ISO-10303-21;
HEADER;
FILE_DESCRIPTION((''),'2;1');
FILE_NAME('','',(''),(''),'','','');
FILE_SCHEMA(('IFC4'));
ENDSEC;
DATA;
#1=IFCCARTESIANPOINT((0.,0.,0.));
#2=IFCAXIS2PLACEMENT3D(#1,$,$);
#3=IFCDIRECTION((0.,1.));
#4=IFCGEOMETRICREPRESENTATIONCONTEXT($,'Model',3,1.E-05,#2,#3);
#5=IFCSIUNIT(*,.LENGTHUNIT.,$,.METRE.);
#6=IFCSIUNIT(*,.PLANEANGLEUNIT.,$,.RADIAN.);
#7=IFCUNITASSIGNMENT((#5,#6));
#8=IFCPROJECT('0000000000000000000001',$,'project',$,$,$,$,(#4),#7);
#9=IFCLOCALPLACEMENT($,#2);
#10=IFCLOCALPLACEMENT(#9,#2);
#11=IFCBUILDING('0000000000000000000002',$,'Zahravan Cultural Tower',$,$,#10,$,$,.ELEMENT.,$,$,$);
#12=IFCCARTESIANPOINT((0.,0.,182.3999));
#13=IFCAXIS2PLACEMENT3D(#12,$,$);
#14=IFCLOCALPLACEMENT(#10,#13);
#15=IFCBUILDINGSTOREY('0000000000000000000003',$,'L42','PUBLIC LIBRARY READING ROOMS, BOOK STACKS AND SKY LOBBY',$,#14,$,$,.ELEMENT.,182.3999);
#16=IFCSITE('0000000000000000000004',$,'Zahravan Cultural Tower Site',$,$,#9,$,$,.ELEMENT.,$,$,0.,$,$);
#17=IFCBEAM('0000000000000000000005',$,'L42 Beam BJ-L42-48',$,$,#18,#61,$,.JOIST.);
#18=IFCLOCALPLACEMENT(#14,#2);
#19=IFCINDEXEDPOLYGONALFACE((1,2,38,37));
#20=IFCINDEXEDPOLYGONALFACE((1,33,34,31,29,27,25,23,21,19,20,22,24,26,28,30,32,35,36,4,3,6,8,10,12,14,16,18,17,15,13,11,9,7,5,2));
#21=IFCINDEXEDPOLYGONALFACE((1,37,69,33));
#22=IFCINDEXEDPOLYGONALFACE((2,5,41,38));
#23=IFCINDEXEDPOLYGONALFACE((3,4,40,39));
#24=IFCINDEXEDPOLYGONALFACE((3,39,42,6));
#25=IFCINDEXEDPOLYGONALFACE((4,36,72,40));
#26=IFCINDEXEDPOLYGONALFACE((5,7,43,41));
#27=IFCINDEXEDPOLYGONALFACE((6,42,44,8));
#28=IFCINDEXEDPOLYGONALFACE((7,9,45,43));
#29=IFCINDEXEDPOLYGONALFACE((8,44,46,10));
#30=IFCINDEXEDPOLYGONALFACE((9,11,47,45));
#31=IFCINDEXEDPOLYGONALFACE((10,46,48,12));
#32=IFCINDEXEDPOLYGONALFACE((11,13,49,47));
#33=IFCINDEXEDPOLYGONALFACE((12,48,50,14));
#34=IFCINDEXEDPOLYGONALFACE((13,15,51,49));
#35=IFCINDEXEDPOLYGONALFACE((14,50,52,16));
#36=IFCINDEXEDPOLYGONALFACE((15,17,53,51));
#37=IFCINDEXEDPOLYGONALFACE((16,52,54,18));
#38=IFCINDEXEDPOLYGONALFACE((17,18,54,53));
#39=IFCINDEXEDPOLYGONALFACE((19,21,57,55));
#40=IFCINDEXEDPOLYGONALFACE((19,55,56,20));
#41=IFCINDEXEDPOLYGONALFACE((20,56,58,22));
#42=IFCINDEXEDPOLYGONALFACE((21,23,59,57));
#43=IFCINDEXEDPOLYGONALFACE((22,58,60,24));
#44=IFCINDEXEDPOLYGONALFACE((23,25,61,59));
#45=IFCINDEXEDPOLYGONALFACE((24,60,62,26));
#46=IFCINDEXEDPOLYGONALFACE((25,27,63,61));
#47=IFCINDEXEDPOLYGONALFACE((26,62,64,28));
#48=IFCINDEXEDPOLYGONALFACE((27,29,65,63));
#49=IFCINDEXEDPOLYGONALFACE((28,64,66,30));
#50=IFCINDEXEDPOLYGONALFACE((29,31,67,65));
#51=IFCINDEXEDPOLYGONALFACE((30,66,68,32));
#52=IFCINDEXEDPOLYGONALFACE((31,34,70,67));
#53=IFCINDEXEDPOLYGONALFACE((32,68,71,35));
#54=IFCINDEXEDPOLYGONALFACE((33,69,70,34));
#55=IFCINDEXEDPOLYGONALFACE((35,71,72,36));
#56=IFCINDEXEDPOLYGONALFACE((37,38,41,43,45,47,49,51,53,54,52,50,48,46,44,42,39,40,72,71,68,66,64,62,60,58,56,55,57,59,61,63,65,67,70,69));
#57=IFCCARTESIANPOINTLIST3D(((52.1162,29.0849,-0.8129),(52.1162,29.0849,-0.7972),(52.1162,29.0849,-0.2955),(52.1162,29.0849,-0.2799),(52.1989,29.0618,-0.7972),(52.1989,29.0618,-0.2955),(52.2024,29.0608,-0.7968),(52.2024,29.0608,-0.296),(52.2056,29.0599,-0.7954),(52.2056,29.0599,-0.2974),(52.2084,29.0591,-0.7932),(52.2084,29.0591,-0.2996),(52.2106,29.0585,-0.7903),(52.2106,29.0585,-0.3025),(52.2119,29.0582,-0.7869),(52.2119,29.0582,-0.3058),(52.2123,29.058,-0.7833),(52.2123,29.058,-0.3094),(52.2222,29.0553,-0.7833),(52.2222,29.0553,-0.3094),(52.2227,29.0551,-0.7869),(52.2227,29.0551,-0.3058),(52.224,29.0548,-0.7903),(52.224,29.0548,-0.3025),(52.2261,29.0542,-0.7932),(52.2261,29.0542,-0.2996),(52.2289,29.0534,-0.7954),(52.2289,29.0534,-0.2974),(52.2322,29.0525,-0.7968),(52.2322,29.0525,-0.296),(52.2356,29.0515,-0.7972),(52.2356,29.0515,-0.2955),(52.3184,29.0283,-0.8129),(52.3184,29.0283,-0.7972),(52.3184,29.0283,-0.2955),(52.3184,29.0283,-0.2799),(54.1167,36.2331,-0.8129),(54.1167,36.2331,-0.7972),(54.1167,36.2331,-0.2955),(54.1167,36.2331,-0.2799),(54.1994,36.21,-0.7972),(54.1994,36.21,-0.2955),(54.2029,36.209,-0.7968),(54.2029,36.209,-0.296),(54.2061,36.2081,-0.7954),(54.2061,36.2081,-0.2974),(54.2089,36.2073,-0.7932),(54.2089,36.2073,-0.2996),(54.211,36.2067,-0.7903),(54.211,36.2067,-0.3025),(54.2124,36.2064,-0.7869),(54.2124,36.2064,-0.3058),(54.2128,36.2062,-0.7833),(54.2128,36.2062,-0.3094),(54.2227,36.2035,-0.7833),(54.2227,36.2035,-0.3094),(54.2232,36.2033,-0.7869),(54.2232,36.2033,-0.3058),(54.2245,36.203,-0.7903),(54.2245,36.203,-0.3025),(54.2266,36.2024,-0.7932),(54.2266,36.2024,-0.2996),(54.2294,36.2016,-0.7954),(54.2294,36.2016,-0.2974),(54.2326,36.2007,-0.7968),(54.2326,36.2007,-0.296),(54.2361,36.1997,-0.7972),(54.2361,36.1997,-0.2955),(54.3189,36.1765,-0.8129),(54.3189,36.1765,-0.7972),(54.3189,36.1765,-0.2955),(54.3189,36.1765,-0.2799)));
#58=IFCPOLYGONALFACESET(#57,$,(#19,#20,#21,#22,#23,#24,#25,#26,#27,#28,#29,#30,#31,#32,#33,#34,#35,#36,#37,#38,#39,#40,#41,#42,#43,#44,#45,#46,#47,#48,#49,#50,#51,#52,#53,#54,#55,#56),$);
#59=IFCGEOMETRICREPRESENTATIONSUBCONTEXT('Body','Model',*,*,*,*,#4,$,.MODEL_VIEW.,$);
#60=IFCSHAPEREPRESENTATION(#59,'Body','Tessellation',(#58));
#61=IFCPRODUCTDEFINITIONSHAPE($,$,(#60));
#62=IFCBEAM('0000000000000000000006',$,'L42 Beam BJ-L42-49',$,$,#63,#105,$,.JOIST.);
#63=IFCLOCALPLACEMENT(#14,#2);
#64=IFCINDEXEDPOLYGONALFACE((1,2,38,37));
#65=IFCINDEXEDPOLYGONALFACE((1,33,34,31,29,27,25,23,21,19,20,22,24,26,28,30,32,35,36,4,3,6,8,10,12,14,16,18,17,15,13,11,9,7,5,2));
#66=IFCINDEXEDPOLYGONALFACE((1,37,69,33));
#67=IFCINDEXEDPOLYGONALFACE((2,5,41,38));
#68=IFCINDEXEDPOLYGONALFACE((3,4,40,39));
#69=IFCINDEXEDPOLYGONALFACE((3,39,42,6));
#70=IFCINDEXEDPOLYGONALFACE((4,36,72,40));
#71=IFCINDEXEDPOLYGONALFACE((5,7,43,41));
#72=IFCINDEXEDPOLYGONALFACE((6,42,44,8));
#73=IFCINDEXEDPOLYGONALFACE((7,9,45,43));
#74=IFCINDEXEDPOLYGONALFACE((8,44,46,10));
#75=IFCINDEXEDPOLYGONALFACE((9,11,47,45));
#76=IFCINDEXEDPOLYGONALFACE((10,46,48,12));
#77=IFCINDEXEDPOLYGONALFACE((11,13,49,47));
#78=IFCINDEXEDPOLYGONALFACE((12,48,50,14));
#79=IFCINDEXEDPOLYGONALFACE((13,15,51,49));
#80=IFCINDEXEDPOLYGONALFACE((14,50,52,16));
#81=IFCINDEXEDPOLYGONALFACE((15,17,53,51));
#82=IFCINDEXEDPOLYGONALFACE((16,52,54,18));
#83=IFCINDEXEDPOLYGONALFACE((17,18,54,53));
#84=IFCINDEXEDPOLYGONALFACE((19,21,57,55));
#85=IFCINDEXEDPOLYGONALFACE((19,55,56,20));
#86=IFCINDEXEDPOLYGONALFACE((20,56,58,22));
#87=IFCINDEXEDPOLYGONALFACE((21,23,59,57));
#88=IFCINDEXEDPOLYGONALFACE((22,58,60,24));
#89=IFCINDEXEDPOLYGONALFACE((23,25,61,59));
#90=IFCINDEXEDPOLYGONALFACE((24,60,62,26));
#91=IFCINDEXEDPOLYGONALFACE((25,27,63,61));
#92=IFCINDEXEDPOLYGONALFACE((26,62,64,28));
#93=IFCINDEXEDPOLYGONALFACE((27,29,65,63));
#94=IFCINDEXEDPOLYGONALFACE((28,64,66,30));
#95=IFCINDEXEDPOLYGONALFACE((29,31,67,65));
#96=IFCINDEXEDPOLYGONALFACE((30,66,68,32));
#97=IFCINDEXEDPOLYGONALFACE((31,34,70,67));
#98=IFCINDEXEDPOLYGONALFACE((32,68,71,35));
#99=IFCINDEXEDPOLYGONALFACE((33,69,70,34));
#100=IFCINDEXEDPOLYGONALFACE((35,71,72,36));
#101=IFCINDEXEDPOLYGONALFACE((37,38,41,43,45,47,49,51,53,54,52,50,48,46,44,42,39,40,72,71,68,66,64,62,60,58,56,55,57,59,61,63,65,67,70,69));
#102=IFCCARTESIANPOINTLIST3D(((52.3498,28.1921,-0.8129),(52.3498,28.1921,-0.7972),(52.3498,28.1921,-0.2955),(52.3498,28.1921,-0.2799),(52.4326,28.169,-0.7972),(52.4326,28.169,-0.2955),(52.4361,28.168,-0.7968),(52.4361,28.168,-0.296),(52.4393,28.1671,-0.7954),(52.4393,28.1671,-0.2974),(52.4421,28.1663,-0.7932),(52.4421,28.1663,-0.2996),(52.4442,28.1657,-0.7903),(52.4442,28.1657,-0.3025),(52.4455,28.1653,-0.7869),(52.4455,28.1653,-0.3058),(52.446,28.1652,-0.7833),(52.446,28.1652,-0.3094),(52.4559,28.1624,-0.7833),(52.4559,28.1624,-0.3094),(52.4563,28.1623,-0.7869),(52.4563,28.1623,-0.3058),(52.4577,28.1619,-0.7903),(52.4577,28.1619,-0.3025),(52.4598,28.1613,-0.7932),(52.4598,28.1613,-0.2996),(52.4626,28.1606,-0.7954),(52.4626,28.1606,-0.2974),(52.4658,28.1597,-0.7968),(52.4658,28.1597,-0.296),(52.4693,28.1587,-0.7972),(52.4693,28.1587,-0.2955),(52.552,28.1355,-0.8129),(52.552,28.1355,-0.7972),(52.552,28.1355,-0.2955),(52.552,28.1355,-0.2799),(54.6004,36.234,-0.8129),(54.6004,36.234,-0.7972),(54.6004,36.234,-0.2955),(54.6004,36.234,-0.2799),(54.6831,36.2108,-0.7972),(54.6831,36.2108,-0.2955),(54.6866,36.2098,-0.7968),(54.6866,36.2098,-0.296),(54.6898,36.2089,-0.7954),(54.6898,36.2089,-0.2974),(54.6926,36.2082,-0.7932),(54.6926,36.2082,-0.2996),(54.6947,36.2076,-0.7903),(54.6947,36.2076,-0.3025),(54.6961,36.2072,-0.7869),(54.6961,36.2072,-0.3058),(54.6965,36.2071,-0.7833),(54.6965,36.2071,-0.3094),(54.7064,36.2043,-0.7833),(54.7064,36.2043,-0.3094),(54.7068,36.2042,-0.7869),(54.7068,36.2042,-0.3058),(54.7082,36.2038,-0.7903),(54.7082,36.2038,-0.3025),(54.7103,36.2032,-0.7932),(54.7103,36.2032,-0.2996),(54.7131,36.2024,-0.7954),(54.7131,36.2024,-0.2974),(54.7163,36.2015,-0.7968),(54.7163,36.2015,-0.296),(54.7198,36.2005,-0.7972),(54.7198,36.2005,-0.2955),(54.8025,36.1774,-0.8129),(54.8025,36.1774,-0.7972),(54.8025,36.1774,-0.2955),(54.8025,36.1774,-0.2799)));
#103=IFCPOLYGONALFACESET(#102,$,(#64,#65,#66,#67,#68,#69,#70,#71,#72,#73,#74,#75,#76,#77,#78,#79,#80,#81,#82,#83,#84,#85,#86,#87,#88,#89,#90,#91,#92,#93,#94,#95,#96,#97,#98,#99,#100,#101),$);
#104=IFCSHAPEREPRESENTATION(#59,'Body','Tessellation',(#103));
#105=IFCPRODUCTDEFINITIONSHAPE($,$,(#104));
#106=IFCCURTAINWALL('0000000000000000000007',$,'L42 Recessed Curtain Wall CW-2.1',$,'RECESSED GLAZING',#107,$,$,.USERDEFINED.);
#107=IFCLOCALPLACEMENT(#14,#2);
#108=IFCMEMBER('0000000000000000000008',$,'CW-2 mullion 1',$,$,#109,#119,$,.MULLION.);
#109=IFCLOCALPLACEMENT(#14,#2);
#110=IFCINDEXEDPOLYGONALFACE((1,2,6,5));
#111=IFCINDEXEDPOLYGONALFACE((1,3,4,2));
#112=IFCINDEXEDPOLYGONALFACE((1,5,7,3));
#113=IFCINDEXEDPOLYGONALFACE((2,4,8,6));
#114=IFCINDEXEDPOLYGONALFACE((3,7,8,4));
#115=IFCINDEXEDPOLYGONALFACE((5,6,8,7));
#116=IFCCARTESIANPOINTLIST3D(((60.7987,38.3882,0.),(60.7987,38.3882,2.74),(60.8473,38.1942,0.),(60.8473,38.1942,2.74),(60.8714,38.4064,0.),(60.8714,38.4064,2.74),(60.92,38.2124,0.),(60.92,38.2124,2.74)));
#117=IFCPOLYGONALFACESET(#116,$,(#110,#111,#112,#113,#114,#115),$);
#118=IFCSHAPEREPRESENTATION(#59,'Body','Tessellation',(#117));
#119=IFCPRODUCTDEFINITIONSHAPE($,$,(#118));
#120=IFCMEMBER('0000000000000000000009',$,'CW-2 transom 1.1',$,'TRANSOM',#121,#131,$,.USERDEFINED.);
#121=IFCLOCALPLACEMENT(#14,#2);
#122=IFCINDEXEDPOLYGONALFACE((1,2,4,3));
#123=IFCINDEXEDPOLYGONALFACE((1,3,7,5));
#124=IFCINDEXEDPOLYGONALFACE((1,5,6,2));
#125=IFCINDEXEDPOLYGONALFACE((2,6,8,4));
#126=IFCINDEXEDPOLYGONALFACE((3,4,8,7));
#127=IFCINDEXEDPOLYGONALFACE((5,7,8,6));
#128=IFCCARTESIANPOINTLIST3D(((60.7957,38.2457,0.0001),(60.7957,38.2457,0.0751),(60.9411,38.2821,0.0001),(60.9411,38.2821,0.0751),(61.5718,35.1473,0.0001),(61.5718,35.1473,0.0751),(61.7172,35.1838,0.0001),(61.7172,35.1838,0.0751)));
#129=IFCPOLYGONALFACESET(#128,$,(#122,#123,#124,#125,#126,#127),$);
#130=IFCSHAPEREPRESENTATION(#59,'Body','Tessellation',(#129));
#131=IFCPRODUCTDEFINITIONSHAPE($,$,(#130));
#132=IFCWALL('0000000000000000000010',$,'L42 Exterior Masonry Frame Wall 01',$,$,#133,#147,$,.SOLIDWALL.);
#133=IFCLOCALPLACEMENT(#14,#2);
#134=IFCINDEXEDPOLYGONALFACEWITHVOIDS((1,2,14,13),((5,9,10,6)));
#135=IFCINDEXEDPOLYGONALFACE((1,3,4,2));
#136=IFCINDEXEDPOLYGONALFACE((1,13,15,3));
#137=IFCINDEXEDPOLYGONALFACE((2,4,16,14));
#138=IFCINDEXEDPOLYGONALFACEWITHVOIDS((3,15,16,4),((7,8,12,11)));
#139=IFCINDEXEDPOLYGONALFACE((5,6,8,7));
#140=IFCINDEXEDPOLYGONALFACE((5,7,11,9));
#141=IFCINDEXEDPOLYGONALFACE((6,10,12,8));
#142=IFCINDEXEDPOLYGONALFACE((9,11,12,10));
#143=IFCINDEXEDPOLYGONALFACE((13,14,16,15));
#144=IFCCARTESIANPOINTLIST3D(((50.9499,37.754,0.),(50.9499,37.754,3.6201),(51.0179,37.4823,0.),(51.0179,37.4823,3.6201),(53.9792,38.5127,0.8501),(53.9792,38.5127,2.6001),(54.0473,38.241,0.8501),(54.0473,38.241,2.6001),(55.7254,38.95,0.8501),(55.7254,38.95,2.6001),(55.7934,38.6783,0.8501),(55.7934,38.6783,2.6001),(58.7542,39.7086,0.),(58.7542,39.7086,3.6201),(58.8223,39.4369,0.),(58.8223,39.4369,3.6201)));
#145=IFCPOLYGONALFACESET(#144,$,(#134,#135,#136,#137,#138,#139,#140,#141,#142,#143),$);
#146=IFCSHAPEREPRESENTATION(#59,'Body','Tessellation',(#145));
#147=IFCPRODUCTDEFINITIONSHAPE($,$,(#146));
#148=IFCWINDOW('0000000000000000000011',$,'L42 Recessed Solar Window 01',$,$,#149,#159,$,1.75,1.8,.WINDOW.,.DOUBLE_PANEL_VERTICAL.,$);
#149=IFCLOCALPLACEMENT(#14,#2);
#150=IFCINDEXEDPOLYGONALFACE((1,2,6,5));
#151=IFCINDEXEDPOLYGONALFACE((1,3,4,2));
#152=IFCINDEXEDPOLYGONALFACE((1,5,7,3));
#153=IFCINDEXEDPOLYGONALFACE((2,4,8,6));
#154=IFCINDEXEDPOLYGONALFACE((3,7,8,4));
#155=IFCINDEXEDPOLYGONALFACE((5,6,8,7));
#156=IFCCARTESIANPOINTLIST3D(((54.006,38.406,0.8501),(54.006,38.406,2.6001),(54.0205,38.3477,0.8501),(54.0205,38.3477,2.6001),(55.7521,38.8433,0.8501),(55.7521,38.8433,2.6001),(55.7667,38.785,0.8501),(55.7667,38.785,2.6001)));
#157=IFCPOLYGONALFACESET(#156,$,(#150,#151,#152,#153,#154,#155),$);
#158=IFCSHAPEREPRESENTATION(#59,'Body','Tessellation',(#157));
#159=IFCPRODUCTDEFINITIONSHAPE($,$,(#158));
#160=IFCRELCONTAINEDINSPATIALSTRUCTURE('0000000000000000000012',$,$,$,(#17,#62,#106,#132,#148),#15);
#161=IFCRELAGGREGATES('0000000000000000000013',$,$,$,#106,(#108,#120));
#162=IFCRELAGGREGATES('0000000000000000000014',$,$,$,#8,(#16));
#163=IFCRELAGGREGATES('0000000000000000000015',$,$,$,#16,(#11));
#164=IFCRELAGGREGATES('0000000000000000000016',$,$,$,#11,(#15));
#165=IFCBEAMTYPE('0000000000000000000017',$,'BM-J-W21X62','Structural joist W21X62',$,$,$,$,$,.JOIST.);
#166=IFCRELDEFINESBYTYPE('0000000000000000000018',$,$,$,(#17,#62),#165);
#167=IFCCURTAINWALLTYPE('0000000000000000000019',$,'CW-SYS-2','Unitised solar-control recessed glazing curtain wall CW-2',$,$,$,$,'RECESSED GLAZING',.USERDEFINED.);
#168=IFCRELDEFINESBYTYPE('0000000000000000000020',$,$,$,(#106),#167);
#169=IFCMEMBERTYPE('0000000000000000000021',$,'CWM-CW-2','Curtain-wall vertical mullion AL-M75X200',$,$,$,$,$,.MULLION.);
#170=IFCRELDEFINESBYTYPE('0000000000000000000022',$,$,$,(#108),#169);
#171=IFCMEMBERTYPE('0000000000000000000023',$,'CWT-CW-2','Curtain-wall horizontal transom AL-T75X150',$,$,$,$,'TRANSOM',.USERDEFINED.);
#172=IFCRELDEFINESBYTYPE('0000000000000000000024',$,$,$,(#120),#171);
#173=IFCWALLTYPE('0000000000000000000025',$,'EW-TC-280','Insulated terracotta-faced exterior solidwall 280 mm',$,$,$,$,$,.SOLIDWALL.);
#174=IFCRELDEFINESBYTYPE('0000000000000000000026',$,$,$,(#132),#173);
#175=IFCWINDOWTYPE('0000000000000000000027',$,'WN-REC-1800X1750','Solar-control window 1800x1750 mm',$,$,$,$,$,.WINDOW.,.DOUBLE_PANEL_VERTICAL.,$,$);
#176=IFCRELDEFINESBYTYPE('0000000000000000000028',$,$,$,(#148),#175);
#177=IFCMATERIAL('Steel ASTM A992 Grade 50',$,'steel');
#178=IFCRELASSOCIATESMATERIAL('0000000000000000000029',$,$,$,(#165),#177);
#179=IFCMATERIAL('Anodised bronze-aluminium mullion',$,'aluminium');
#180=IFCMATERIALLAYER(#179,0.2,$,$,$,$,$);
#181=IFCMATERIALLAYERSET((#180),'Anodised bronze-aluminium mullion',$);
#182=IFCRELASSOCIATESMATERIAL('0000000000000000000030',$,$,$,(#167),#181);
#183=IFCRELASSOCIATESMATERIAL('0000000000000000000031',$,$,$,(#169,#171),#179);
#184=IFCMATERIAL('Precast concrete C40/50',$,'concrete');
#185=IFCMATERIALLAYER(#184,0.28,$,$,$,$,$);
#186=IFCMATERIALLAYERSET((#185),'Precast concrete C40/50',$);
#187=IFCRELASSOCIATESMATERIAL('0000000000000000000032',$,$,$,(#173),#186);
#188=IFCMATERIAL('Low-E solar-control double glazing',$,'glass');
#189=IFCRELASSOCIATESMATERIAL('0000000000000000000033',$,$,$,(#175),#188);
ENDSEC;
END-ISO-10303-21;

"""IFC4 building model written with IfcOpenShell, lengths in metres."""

from ifc_helpers import new_model, si_unit, direction, frame, frame_2d, origin, origin_2d, place, context, subcontext, project, spatial, rectangle, i_section, extrude, source, transform, mapped, material, layer, layer_set, material_profile, profile_set, type_object, element, fill, aggregate, save


model = new_model("IFC4")

# Units and contexts
model_context = context("Model", 3, precision=1e-05, world=origin(), true_north=direction((0.0, 1.0)))
body_context = subcontext(model_context, "Body", "Model", "MODEL_VIEW")
ifc_project = project(units=[si_unit("LENGTHUNIT", "METRE"), si_unit("PLANEANGLEUNIT", "RADIAN")], contexts=[model_context])

# Site, building, storey
site_placement = place(None, origin())
site = spatial("IfcSite", under=ifc_project, at=site_placement, Name="Zahravan Cultural Tower Site", CompositionType="ELEMENT", RefElevation=0.0)
building_placement = place(site_placement, origin())
building = spatial("IfcBuilding", under=site, at=building_placement, Name="Zahravan Cultural Tower", CompositionType="ELEMENT")
storey_placement = place(building_placement, frame((0.0, 0.0, 182.3999)))
storey = spatial("IfcBuildingStorey", under=building, at=storey_placement, Name="L42", Description="PUBLIC LIBRARY READING ROOMS, BOOK STACKS AND SKY LOBBY", CompositionType="ELEMENT", Elevation=182.3999)

# Shared definitions
ifc_material_1 = material(Name="Steel ASTM A992 Grade 50", Category="steel")

# Beams
ifc_material_profile_1 = material_profile(ifc_material_1, i_section(OverallWidth=0.21, OverallDepth=0.533, WebThickness=0.0103, FlangeThickness=0.0156, FilletRadius=0.0139, at=origin_2d()), Name="W21X62")
ifc_profile_set_1 = profile_set([ifc_material_profile_1], Name="Steel ASTM A992 Grade 50")
beam_type_1 = type_object("IfcBeamType", Name="BM-J-W21X62", Description="Structural joist W21X62", PredefinedType="JOIST", material=ifc_profile_set_1)
shared_shape_1 = source(origin(), body_context, "Body", "SweptSolid", [
    extrude(i_section(OverallWidth=0.21, OverallDepth=0.533, WebThickness=0.0103, FlangeThickness=0.0156, FilletRadius=0.0139, at=origin_2d()), origin(), (0.0, 0.0, 1.0), 7.4229),
])
beam_1_placement = place(storey_placement, frame((52.2173, 29.0566, -0.5464), z_axis=(0.269504, 0.962999, 0.0), x_axis=(-0.962999, 0.269504, 0.0)))
element("IfcBeam", 1, at=beam_1_placement, inside=storey, type_object=beam_type_1, Name="L42 Beam BJ-L42-48", PredefinedType="JOIST", context=body_context, shape_type="MappedRepresentation", body=[
    mapped(shared_shape_1, transform((0.0, 0.0, 0.0), x_axis=(1.0, 0.0, 0.0), y_axis=(0.0, 1.0, 0.0), z_axis=(0.0, 0.0, 1.0), scale=1.0)),
])
shared_shape_2 = source(origin(), body_context, "Body", "SweptSolid", [
    extrude(i_section(OverallWidth=0.21, OverallDepth=0.533, WebThickness=0.0103, FlangeThickness=0.0156, FilletRadius=0.0139, at=origin_2d()), origin(), (0.0, 0.0, 1.0), 8.3508),
])
beam_2_placement = place(storey_placement, frame((52.4509, 28.1638, -0.5464), z_axis=(0.269497, 0.963001, 0.0), x_axis=(-0.963001, 0.269497, 0.0)))
element("IfcBeam", 2, at=beam_2_placement, inside=storey, type_object=beam_type_1, Name="L42 Beam BJ-L42-49", PredefinedType="JOIST", context=body_context, shape_type="MappedRepresentation", body=[
    mapped(shared_shape_2, transform((0.0, 0.0, 0.0), x_axis=(1.0, 0.0, 0.0), y_axis=(0.0, 1.0, 0.0), z_axis=(0.0, 0.0, 1.0), scale=1.0)),
])

# Curtain wall, members
ifc_material_2 = material(Name="Anodised bronze-aluminium mullion", Category="aluminium")
ifc_layer_1 = layer(ifc_material_2, 0.2)
ifc_layer_set_1 = layer_set([ifc_layer_1], Name="Anodised bronze-aluminium mullion")
curtain_wall_type = type_object("IfcCurtainWallType", Name="CW-SYS-2", Description="Unitised solar-control recessed glazing curtain wall CW-2", ElementType="RECESSED GLAZING", PredefinedType="USERDEFINED", material=ifc_layer_set_1)
curtain_wall_placement = place(storey_placement, origin())
curtain_wall = element("IfcCurtainWall", 3, at=curtain_wall_placement, inside=storey, type_object=curtain_wall_type, Name="L42 Recessed Curtain Wall CW-2.1", ObjectType="RECESSED GLAZING", PredefinedType="USERDEFINED")
ifc_material_profile_2 = material_profile(ifc_material_2, rectangle(XDim=0.075, YDim=0.2, at=origin_2d()), Name="AL-M75X200")
ifc_profile_set_2 = profile_set([ifc_material_profile_2], Name="Anodised bronze-aluminium mullion")
member_type_1 = type_object("IfcMemberType", Name="CWM-CW-2", Description="Curtain-wall vertical mullion AL-M75X200", PredefinedType="MULLION", material=ifc_profile_set_2)
shared_shape_3 = source(origin(), body_context, "Body", "SweptSolid", [
    extrude(rectangle(XDim=0.075, YDim=0.2, at=origin_2d()), origin(), (0.0, 0.0, 1.0), 2.74),
])
member_1_placement = place(storey_placement, frame((60.8594, 38.3003, 0.0), z_axis=(0.0, 0.0, 1.0), x_axis=(0.97004, 0.242944, 0.0)))
member_1 = element("IfcMember", 4, at=member_1_placement, type_object=member_type_1, Name="CW-2 mullion 1", PredefinedType="MULLION", context=body_context, shape_type="MappedRepresentation", body=[
    mapped(shared_shape_3, transform((0.0, 0.0, 0.0), x_axis=(1.0, 0.0, 0.0), y_axis=(0.0, 1.0, 0.0), z_axis=(0.0, 0.0, 1.0), scale=1.0)),
])
ifc_material_profile_3 = material_profile(ifc_material_2, rectangle(XDim=0.1499, YDim=0.075, at=origin_2d()), Name="AL-T75X150")
ifc_profile_set_3 = profile_set([ifc_material_profile_3], Name="Anodised bronze-aluminium mullion")
member_type_2 = type_object("IfcMemberType", Name="CWT-CW-2", Description="Curtain-wall horizontal transom AL-T75X150", ElementType="TRANSOM", PredefinedType="USERDEFINED", material=ifc_profile_set_3)
shared_shape_4 = source(origin(), body_context, "Body", "SweptSolid", [
    extrude(rectangle(XDim=0.1499, YDim=0.075, at=origin_2d()), origin(), (0.0, 0.0, 1.0), 3.1941),
])
member_2_placement = place(storey_placement, frame((60.8684, 38.2639, 0.0376), z_axis=(0.242985, -0.97003, 0.0), x_axis=(0.97003, 0.242985, 0.0)))
member_2 = element("IfcMember", 5, at=member_2_placement, type_object=member_type_2, Name="CW-2 transom 1.1", ObjectType="TRANSOM", PredefinedType="USERDEFINED", context=body_context, shape_type="MappedRepresentation", body=[
    mapped(shared_shape_4, transform((0.0, 0.0, 0.0), x_axis=(1.0, 0.0, 0.0), y_axis=(0.0, 1.0, 0.0), z_axis=(0.0, 0.0, 1.0), scale=1.0)),
])
aggregate(curtain_wall, [member_1, member_2])

# Wall, opening, window
ifc_material_3 = material(Name="Precast concrete C40/50", Category="concrete")
ifc_layer_2 = layer(ifc_material_3, 0.28)
ifc_layer_set_2 = layer_set([ifc_layer_2], Name="Precast concrete C40/50")
wall_type_1 = type_object("IfcWallType", Name="EW-TC-280", Description="Insulated terracotta-faced exterior solidwall 280 mm", PredefinedType="SOLIDWALL", material=ifc_layer_set_2)
wall_1_placement = place(storey_placement, frame((50.9839, 37.6182, 0.0), z_axis=(0.0, 0.0, 1.0), x_axis=(0.970041, 0.242943, 0.0)))
wall_1 = element("IfcWall", 6, at=wall_1_placement, inside=storey, type_object=wall_type_1, Name="L42 Exterior Masonry Frame Wall 01", PredefinedType="SOLIDWALL", context=body_context, shape_type="SweptSolid", body=[
    extrude(rectangle(XDim=8.0454, YDim=0.28, at=frame_2d((4.0227, 0.0))), origin(), (0.0, 0.0, 1.0), 3.6201),
])
opening_1_placement = place(wall_1_placement, frame((3.123, 0.0, 0.8501)))
opening_1 = element("IfcOpeningElement", 7, at=opening_1_placement, cuts=wall_1, PredefinedType="OPENING", context=body_context, shape_type="SweptSolid", body=[
    extrude(rectangle(XDim=1.8, YDim=1.75, at=frame_2d((0.8999, 0.875))), frame((0.0, 0.1499, 0.0), z_axis=(0.0, -1.0, 0.0), x_axis=(1.0, 0.0, 0.0)), (0.0, 0.0, 1.0), 0.3),
])
ifc_material_4 = material(Name="Low-E solar-control double glazing", Category="glass")
window_type = type_object("IfcWindowType", Name="WN-REC-1800X1750", Description="Solar-control window 1800x1750 mm", PartitioningType="DOUBLE_PANEL_VERTICAL", PredefinedType="WINDOW", material=ifc_material_4)
shared_shape_5 = source(origin(), body_context, "Body", "SweptSolid", [
    extrude(rectangle(XDim=1.8, YDim=1.75, at=frame_2d((0.8999, 0.875))), frame((0.0, 0.03, 0.0), z_axis=(0.0, -1.0, 0.0), x_axis=(1.0, 0.0, 0.0)), (0.0, 0.0, 1.0), 0.0601),
])
window_placement = place(opening_1_placement, origin())
window = element("IfcWindow", 8, at=window_placement, inside=storey, type_object=window_type, Name="L42 Recessed Solar Window 01", OverallHeight=1.75, OverallWidth=1.8, PartitioningType="DOUBLE_PANEL_VERTICAL", PredefinedType="WINDOW", context=body_context, shape_type="MappedRepresentation", body=[
    mapped(shared_shape_5, transform((0.0, 0.0, 0.0), x_axis=(1.0, 0.0, 0.0), y_axis=(0.0, 1.0, 0.0), z_axis=(0.0, 0.0, 1.0), scale=1.0)),
])
fill(opening_1, window)

save(model, "model.ifc")
